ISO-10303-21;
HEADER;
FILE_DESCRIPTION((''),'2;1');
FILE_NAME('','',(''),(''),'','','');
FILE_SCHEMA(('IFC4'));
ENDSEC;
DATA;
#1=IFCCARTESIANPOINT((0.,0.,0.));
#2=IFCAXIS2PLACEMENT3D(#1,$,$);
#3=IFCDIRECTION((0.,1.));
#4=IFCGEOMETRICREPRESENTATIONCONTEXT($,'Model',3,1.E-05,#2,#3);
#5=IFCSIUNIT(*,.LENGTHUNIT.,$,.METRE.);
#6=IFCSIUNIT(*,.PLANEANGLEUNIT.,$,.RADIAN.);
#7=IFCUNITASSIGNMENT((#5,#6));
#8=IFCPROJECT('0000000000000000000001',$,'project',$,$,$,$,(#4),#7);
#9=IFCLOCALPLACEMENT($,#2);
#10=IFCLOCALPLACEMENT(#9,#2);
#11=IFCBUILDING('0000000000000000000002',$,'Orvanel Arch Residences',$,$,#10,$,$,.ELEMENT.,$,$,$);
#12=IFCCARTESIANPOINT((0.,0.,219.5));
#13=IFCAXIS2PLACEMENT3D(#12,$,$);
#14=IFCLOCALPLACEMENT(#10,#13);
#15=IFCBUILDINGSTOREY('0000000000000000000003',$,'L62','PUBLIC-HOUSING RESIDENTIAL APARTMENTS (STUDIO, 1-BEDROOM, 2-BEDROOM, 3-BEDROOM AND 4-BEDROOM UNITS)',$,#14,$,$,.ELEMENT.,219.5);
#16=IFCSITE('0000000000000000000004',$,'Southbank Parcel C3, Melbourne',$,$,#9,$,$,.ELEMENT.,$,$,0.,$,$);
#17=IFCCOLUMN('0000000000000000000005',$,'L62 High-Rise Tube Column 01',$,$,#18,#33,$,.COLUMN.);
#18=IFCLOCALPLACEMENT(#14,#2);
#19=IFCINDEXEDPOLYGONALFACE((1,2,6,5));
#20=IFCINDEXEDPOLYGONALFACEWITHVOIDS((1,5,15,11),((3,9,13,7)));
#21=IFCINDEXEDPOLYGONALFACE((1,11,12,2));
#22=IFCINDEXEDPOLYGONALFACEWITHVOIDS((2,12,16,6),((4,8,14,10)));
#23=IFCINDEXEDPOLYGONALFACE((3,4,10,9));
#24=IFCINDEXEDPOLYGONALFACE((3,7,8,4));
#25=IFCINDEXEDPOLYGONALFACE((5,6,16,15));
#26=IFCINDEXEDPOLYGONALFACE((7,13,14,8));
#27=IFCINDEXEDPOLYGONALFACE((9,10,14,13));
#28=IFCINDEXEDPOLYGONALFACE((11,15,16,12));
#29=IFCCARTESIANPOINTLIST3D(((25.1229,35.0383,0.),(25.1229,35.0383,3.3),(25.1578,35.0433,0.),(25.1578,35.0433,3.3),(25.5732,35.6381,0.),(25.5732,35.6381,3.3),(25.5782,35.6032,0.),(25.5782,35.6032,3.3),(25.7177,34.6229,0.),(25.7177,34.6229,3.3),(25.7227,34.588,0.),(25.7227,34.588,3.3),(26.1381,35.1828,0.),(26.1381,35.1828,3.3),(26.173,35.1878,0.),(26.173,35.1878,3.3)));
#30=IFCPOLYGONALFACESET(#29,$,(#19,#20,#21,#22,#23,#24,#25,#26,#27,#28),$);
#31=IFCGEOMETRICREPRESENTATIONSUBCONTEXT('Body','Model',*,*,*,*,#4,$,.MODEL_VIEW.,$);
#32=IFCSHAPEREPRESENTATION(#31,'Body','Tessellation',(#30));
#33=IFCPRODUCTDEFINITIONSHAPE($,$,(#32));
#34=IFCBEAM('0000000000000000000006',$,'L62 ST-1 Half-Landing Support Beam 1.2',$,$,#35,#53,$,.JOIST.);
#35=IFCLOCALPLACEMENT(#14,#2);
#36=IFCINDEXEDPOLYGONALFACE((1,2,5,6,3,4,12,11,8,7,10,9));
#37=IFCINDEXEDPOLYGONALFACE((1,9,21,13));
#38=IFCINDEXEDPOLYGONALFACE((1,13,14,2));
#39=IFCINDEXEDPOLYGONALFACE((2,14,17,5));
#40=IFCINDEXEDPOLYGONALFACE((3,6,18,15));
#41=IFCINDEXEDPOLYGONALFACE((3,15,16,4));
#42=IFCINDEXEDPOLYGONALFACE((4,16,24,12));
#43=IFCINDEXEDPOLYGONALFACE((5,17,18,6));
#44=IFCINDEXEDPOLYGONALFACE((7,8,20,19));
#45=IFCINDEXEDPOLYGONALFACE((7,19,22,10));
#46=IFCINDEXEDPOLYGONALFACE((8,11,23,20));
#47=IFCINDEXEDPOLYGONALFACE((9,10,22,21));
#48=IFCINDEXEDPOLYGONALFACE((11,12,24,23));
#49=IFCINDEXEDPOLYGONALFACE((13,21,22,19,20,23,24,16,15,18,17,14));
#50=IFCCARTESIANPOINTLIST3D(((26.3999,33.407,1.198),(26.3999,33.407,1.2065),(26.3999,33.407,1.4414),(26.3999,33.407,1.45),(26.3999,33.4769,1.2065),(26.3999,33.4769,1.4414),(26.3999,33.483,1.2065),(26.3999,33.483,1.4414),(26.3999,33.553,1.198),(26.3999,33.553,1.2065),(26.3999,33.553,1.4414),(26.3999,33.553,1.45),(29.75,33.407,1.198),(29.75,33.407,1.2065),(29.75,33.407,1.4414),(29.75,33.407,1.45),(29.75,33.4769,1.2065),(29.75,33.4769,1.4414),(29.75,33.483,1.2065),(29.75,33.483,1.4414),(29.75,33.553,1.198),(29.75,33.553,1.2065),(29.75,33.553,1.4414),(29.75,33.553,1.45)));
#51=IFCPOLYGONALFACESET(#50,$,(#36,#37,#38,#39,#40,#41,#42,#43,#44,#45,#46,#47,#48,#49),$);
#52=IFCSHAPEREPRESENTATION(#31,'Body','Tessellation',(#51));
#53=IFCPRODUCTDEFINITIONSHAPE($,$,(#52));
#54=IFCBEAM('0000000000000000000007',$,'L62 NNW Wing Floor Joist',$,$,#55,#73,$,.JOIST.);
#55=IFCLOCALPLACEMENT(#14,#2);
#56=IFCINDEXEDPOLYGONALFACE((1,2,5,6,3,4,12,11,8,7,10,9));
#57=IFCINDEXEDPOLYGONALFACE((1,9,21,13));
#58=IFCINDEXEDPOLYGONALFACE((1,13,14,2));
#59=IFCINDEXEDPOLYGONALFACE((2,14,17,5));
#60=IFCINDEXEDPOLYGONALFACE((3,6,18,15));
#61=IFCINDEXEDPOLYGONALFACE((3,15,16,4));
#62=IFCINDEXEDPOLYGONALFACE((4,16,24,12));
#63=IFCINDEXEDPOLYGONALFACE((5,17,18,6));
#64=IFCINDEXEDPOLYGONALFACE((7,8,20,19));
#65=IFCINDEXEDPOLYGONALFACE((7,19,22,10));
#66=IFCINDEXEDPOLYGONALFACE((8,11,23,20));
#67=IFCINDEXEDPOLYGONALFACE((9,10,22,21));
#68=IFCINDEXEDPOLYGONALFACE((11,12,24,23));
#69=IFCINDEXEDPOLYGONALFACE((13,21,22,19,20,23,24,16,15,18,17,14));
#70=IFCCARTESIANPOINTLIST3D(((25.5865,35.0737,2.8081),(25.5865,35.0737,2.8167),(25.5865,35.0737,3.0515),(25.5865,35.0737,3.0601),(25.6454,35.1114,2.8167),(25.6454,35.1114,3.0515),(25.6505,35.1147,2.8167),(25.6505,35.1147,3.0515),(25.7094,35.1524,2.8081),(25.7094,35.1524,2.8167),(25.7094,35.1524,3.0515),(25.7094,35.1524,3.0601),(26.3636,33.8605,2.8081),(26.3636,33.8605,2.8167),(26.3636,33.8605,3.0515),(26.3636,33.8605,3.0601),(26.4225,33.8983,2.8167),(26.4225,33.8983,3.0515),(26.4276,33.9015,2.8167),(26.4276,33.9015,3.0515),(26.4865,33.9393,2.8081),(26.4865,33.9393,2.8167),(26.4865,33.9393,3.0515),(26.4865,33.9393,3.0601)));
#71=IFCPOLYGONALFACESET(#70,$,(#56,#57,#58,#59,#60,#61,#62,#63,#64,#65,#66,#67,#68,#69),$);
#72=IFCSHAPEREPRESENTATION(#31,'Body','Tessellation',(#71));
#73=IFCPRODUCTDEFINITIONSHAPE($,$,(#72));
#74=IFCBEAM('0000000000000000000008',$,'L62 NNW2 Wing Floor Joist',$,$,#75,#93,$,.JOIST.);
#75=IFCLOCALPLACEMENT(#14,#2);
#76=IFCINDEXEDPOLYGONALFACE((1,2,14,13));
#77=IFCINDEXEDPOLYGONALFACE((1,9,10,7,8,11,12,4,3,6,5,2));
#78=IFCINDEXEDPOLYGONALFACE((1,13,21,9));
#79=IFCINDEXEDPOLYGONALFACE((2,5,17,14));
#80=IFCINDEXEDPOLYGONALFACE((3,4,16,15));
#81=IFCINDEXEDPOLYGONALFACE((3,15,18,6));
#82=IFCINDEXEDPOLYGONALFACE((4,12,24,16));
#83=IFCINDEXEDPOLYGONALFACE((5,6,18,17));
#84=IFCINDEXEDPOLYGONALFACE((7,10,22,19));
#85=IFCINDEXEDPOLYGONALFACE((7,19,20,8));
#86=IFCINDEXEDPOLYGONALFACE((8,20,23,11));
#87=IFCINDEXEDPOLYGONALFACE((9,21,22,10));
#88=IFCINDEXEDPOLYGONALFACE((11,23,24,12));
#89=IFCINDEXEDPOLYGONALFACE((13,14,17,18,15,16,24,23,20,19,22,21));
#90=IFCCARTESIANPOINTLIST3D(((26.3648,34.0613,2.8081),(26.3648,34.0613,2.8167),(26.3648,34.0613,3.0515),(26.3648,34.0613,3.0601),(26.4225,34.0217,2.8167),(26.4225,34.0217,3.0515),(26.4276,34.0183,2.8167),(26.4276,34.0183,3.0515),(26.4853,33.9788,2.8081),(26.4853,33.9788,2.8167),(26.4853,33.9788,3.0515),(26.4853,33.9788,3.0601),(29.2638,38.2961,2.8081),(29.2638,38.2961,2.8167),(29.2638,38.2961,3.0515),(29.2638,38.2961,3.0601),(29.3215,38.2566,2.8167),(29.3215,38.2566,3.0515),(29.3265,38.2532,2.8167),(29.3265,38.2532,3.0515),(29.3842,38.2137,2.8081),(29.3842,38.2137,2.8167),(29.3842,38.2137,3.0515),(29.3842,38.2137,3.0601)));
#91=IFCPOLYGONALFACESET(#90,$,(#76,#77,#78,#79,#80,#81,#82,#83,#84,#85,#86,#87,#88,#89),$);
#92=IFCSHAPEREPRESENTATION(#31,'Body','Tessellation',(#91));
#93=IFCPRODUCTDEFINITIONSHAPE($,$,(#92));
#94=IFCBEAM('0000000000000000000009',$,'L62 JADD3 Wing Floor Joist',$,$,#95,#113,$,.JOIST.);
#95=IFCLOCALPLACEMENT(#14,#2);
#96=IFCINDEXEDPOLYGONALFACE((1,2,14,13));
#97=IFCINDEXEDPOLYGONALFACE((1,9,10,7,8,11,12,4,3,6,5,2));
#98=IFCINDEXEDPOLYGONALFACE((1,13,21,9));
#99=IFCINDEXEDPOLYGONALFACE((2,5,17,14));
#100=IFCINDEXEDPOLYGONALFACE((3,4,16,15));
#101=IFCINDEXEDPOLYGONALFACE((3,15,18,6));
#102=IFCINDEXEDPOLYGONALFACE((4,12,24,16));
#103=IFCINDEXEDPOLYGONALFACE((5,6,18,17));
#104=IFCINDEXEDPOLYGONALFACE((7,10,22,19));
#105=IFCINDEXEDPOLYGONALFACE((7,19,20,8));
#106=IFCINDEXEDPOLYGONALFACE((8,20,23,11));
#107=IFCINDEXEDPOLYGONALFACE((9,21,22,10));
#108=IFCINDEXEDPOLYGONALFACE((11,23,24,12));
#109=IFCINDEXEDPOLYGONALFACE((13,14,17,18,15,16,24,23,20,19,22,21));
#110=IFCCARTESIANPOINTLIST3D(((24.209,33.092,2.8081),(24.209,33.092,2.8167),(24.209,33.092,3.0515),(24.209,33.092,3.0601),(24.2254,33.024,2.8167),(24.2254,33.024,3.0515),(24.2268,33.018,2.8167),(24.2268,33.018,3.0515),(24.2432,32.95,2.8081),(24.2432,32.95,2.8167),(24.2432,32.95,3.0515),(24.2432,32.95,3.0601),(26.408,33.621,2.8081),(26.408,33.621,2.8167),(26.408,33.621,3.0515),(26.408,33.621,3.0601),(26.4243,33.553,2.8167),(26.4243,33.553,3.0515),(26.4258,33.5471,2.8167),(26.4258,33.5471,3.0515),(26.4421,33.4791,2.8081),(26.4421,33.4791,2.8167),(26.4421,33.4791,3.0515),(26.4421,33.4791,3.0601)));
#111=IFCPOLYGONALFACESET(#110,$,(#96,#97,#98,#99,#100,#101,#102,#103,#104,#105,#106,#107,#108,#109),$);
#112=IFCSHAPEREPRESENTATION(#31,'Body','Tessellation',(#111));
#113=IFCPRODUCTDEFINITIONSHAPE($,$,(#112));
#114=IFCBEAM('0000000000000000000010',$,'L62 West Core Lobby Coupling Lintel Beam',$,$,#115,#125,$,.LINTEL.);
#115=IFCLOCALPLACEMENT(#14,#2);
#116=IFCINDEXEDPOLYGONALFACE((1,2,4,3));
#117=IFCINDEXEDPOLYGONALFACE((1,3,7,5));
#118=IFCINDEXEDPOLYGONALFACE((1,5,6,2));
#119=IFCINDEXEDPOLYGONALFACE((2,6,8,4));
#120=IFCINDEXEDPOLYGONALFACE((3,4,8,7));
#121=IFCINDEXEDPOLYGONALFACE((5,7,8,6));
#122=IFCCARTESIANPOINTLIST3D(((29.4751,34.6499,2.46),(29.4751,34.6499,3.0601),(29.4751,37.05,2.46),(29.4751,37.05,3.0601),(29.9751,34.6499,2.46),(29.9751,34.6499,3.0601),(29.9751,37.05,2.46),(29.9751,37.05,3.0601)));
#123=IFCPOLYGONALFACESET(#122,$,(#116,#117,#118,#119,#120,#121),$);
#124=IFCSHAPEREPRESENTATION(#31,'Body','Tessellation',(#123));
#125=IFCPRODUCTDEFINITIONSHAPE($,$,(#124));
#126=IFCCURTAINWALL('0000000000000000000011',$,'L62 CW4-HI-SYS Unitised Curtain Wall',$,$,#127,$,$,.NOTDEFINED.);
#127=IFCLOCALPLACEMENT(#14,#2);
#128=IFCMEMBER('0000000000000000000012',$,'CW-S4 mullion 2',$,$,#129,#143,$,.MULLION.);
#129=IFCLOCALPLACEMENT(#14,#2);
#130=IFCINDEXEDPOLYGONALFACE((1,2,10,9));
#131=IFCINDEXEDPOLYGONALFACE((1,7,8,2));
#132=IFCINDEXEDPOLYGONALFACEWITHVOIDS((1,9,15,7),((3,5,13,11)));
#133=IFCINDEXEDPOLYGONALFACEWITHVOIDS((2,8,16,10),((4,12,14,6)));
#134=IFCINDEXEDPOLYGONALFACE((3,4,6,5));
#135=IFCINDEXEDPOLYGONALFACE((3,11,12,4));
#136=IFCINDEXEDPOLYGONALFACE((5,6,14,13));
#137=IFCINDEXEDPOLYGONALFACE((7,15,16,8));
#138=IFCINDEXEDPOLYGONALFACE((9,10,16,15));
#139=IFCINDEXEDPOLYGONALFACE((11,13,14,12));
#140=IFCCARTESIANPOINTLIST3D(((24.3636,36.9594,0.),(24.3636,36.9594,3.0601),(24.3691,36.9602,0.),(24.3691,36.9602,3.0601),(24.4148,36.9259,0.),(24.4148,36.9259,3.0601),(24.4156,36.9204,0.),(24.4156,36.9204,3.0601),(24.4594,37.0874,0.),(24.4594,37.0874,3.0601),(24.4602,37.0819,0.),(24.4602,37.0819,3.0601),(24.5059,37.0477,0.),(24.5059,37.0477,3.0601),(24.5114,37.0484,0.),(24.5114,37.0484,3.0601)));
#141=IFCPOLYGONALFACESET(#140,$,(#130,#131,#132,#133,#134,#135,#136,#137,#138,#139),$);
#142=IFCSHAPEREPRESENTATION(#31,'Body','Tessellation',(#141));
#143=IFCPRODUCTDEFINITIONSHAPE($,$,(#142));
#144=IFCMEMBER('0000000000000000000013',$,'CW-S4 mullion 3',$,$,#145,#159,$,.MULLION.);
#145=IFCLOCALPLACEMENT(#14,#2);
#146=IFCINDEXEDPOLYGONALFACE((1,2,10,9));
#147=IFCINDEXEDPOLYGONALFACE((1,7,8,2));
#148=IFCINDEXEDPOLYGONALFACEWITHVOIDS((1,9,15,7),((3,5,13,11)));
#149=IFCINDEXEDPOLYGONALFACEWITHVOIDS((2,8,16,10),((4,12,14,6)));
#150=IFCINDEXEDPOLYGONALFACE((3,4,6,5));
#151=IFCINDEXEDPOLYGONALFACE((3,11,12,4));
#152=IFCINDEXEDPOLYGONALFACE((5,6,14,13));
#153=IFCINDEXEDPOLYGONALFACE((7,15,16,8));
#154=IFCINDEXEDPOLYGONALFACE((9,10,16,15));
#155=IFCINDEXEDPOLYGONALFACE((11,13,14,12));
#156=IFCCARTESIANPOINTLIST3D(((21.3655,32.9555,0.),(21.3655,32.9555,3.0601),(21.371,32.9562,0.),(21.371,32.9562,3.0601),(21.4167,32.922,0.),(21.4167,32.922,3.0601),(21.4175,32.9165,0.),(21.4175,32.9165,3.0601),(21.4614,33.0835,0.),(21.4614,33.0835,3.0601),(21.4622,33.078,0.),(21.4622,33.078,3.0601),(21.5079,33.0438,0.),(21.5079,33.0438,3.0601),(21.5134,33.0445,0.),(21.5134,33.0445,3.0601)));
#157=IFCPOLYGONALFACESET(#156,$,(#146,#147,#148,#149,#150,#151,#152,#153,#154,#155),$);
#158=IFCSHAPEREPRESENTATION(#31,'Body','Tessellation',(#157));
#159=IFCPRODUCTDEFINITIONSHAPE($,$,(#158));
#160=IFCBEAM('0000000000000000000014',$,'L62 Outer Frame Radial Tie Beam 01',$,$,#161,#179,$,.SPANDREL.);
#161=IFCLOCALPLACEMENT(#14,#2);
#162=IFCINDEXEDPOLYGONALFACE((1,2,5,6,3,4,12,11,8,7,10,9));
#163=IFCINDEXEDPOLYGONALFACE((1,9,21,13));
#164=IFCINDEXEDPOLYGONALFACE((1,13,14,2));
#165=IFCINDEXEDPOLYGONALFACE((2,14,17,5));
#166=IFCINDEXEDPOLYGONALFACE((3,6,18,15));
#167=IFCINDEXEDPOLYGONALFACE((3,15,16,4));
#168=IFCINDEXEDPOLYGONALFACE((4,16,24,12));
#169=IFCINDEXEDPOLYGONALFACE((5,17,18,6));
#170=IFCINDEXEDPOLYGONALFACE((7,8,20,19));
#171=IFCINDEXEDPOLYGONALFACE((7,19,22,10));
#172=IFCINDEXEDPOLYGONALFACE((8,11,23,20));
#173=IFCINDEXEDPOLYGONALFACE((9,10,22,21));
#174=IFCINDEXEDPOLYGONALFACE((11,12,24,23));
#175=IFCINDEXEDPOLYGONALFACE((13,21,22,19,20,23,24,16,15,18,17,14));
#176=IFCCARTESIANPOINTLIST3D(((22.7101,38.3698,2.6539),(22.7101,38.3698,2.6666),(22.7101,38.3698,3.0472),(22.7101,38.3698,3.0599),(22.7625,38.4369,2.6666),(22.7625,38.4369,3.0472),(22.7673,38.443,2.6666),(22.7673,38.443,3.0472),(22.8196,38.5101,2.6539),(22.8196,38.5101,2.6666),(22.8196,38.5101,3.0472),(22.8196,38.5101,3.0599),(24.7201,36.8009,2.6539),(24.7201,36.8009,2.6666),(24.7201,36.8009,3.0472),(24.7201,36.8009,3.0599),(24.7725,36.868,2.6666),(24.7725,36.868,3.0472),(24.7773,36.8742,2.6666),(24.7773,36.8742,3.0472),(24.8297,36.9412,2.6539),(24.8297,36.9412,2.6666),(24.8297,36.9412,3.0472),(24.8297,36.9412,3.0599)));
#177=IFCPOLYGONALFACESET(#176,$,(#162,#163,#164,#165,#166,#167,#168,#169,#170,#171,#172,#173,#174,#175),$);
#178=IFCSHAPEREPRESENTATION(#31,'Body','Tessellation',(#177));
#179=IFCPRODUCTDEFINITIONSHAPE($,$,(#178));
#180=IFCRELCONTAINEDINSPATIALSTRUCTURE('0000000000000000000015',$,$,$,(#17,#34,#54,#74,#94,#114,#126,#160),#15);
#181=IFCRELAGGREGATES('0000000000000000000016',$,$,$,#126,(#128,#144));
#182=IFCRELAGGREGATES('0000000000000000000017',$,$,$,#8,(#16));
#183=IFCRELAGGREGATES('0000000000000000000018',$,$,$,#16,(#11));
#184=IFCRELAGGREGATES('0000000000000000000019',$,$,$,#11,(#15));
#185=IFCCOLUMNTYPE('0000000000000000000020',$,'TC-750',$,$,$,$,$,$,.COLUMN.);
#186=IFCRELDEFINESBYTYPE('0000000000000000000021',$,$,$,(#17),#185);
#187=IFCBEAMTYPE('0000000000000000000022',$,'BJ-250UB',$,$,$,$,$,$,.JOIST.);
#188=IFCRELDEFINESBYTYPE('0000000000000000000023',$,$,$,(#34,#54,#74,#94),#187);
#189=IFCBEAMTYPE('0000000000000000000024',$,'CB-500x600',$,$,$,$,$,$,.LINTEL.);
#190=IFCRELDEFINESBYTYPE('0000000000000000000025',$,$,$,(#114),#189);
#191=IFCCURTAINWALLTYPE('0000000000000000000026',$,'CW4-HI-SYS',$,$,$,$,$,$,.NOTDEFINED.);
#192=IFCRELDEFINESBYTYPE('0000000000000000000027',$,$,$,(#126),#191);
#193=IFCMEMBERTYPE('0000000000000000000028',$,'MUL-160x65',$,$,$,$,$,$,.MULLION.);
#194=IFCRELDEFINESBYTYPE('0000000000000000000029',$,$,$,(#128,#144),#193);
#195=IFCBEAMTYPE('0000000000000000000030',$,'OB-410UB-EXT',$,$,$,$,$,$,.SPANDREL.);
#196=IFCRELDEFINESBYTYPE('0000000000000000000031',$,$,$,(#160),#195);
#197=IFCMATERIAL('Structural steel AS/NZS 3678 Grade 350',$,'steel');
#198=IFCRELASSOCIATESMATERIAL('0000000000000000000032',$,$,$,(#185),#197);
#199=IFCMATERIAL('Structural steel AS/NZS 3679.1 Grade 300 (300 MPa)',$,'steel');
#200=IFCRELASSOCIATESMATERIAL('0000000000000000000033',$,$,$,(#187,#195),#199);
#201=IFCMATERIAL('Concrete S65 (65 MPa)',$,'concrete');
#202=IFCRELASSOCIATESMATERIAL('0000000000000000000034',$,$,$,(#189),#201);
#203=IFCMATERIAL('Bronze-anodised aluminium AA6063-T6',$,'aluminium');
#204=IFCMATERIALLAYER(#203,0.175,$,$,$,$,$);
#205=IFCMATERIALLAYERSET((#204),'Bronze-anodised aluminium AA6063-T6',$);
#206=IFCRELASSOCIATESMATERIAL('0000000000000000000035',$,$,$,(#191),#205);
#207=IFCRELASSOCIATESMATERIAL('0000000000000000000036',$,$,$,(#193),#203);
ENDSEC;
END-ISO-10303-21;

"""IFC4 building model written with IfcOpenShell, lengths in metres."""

from ifc_helpers import new_model, si_unit, direction, frame, origin, origin_2d, place, context, subcontext, project, spatial, rectangle, hollow_rectangle, i_section, extrude, material, layer, layer_set, material_profile, profile_set, type_object, element, aggregate, save


model = new_model("IFC4")

# Units and contexts
model_context = context("Model", 3, precision=1e-05, world=origin(), true_north=direction((0.0, 1.0)))
body_context = subcontext(model_context, "Body", "Model", "MODEL_VIEW")
ifc_project = project(units=[si_unit("LENGTHUNIT", "METRE"), si_unit("PLANEANGLEUNIT", "RADIAN")], contexts=[model_context])

# Site, building, storey
site_placement = place(None, origin())
site = spatial("IfcSite", under=ifc_project, at=site_placement, Name="Southbank Parcel C3, Melbourne", CompositionType="ELEMENT", RefElevation=0.0)
building_placement = place(site_placement, origin())
building = spatial("IfcBuilding", under=site, at=building_placement, Name="Orvanel Arch Residences", CompositionType="ELEMENT")
storey_placement = place(building_placement, frame((0.0, 0.0, 219.5)))
storey = spatial("IfcBuildingStorey", under=building, at=storey_placement, Name="L62", Description="PUBLIC-HOUSING RESIDENTIAL APARTMENTS (STUDIO, 1-BEDROOM, 2-BEDROOM, 3-BEDROOM AND 4-BEDROOM UNITS)", CompositionType="ELEMENT", Elevation=219.5)

# Column
ifc_material_1 = material(Name="Structural steel AS/NZS 3678 Grade 350", Category="steel")
ifc_material_profile_1 = material_profile(ifc_material_1, hollow_rectangle(XDim=0.75, YDim=0.75, WallThickness=0.0249, at=origin_2d()), Name="BOX750x750x25")
ifc_profile_set_1 = profile_set([ifc_material_profile_1], Name="Structural steel AS/NZS 3678 Grade 350")
column_type = type_object("IfcColumnType", Name="TC-750", PredefinedType="COLUMN", material=ifc_profile_set_1)
column_placement = place(storey_placement, frame((25.6479, 35.113, 0.0), z_axis=(0.0, 0.0, 1.0), x_axis=(0.60042, 0.799685, 0.0)))
element("IfcColumn", 1, at=column_placement, inside=storey, type_object=column_type, Name="L62 High-Rise Tube Column 01", PredefinedType="COLUMN", context=body_context, shape_type="SweptSolid", body=[
    extrude(hollow_rectangle(XDim=0.75, YDim=0.75, WallThickness=0.0249, at=origin_2d()), origin(), (0.0, 0.0, 1.0), 3.3),
])

# Beams
ifc_material_2 = material(Name="Structural steel AS/NZS 3679.1 Grade 300 (300 MPa)", Category="steel")
ifc_material_profile_2 = material_profile(ifc_material_2, i_section(OverallWidth=0.146, OverallDepth=0.252, WebThickness=0.0061, FlangeThickness=0.0085, at=origin_2d()), Name="250UB31.4")
ifc_profile_set_2 = profile_set([ifc_material_profile_2], Name="Structural steel AS/NZS 3679.1 Grade 300 (300 MPa)")
beam_type_1 = type_object("IfcBeamType", Name="BJ-250UB", PredefinedType="JOIST", material=ifc_profile_set_2)
beam_1_placement = place(storey_placement, frame((26.3999, 33.48, 1.324), z_axis=(1.0, 0.0, 0.0), x_axis=(0.0, 1.0, 0.0)))
element("IfcBeam", 2, at=beam_1_placement, inside=storey, type_object=beam_type_1, Name="L62 ST-1 Half-Landing Support Beam 1.2", PredefinedType="JOIST", context=body_context, shape_type="SweptSolid", body=[
    extrude(i_section(OverallWidth=0.146, OverallDepth=0.252, WebThickness=0.0061, FlangeThickness=0.0085, at=origin_2d()), origin(), (0.0, 0.0, 1.0), 3.3501),
])
beam_2_placement = place(storey_placement, frame((26.425, 33.8999, 2.9341), z_axis=(-0.539395, 0.842053, 0.0), x_axis=(-0.842053, -0.539395, 0.0)))
element("IfcBeam", 3, at=beam_2_placement, inside=storey, type_object=beam_type_1, Name="L62 NNW Wing Floor Joist", PredefinedType="JOIST", context=body_context, shape_type="SweptSolid", body=[
    extrude(i_section(OverallWidth=0.146, OverallDepth=0.252, WebThickness=0.0061, FlangeThickness=0.0085, at=origin_2d()), origin(), (0.0, 0.0, 1.0), 1.4407),
])
beam_3_placement = place(storey_placement, frame((26.425, 34.02, 2.9341), z_axis=(0.564868, 0.825181, 0.0), x_axis=(-0.825181, 0.564868, 0.0)))
element("IfcBeam", 4, at=beam_3_placement, inside=storey, type_object=beam_type_1, Name="L62 NNW2 Wing Floor Joist", PredefinedType="JOIST", context=body_context, shape_type="SweptSolid", body=[
    extrude(i_section(OverallWidth=0.146, OverallDepth=0.252, WebThickness=0.0061, FlangeThickness=0.0085, at=origin_2d()), origin(), (0.0, 0.0, 1.0), 5.1321),
])
beam_4_placement = place(storey_placement, frame((26.425, 33.55, 2.9341), z_axis=(-0.972257, -0.233916, 0.0), x_axis=(0.233916, -0.972257, 0.0)))
element("IfcBeam", 5, at=beam_4_placement, inside=storey, type_object=beam_type_1, Name="L62 JADD3 Wing Floor Joist", PredefinedType="JOIST", context=body_context, shape_type="SweptSolid", body=[
    extrude(i_section(OverallWidth=0.146, OverallDepth=0.252, WebThickness=0.0061, FlangeThickness=0.0085, at=origin_2d()), origin(), (0.0, 0.0, 1.0), 2.2617),
])
ifc_material_3 = material(Name="Concrete S65 (65 MPa)", Category="concrete")
ifc_material_profile_3 = material_profile(ifc_material_3, rectangle(XDim=0.5, YDim=0.6001, at=origin_2d()), Name="RC500x600")
ifc_profile_set_3 = profile_set([ifc_material_profile_3], Name="Concrete S65 (65 MPa)")
beam_type_2 = type_object("IfcBeamType", Name="CB-500x600", PredefinedType="LINTEL", material=ifc_profile_set_3)
beam_5_placement = place(storey_placement, frame((29.7251, 34.6499, 2.76), z_axis=(0.0, 1.0, 0.0), x_axis=(-1.0, 0.0, 0.0)))
element("IfcBeam", 6, at=beam_5_placement, inside=storey, type_object=beam_type_2, Name="L62 West Core Lobby Coupling Lintel Beam", PredefinedType="LINTEL", context=body_context, shape_type="SweptSolid", body=[
    extrude(rectangle(XDim=0.5, YDim=0.6001, at=origin_2d()), origin(), (0.0, 0.0, 1.0), 2.4001),
])

# Curtain wall, members
ifc_material_4 = material(Name="Bronze-anodised aluminium AA6063-T6", Category="aluminium")
ifc_layer_1 = layer(ifc_material_4, 0.175)
ifc_layer_set_1 = layer_set([ifc_layer_1], Name="Bronze-anodised aluminium AA6063-T6")
curtain_wall_type = type_object("IfcCurtainWallType", Name="CW4-HI-SYS", PredefinedType="NOTDEFINED", material=ifc_layer_set_1)
curtain_wall_placement = place(storey_placement, origin())
curtain_wall = element("IfcCurtainWall", 7, at=curtain_wall_placement, inside=storey, type_object=curtain_wall_type, Name="L62 CW4-HI-SYS Unitised Curtain Wall", PredefinedType="NOTDEFINED")
ifc_material_profile_4 = material_profile(ifc_material_4, hollow_rectangle(XDim=0.0649, YDim=0.1599, WallThickness=0.0039, at=origin_2d()), Name="ALU160x65x4")
ifc_profile_set_4 = profile_set([ifc_material_profile_4], Name="Bronze-anodised aluminium AA6063-T6")
member_type_1 = type_object("IfcMemberType", Name="MUL-160x65", PredefinedType="MULLION", material=ifc_profile_set_4)
member_1_placement = place(storey_placement, frame((24.4375, 37.0039, 0.0), z_axis=(0.0, 0.0, 1.0), x_axis=(0.800476, -0.599364, 0.0)))
member_1 = element("IfcMember", 8, at=member_1_placement, type_object=member_type_1, Name="CW-S4 mullion 2", PredefinedType="MULLION", context=body_context, shape_type="SweptSolid", body=[
    extrude(hollow_rectangle(XDim=0.0649, YDim=0.1599, WallThickness=0.0039, at=origin_2d()), origin(), (0.0, 0.0, 1.0), 3.0601),
])
member_2_placement = place(storey_placement, frame((21.4395, 33.0, 0.0), z_axis=(0.0, 0.0, 1.0), x_axis=(0.800476, -0.599364, 0.0)))
member_2 = element("IfcMember", 9, at=member_2_placement, type_object=member_type_1, Name="CW-S4 mullion 3", PredefinedType="MULLION", context=body_context, shape_type="SweptSolid", body=[
    extrude(hollow_rectangle(XDim=0.0649, YDim=0.1599, WallThickness=0.0039, at=origin_2d()), origin(), (0.0, 0.0, 1.0), 3.0601),
])

# Beam
ifc_material_profile_5 = material_profile(ifc_material_2, i_section(OverallWidth=0.178, OverallDepth=0.406, WebThickness=0.0078, FlangeThickness=0.0127, at=origin_2d()), Name="410UB59.7")
ifc_profile_set_5 = profile_set([ifc_material_profile_5], Name="Structural steel AS/NZS 3679.1 Grade 300 (300 MPa)")
beam_type_3 = type_object("IfcBeamType", Name="OB-410UB-EXT", PredefinedType="SPANDREL", material=ifc_profile_set_5)
beam_6_placement = place(storey_placement, frame((24.7749, 36.8711, 2.8569), z_axis=(-0.788304, 0.615285, 0.0), x_axis=(-0.615285, -0.788304, 0.0)))
element("IfcBeam", 10, at=beam_6_placement, inside=storey, type_object=beam_type_3, Name="L62 Outer Frame Radial Tie Beam 01", PredefinedType="SPANDREL", context=body_context, shape_type="SweptSolid", body=[
    extrude(i_section(OverallWidth=0.178, OverallDepth=0.406, WebThickness=0.0078, FlangeThickness=0.0127, at=origin_2d()), origin(), (0.0, 0.0, 1.0), 2.5498),
])

aggregate(curtain_wall, [member_1, member_2])

save(model, "model.ifc")
